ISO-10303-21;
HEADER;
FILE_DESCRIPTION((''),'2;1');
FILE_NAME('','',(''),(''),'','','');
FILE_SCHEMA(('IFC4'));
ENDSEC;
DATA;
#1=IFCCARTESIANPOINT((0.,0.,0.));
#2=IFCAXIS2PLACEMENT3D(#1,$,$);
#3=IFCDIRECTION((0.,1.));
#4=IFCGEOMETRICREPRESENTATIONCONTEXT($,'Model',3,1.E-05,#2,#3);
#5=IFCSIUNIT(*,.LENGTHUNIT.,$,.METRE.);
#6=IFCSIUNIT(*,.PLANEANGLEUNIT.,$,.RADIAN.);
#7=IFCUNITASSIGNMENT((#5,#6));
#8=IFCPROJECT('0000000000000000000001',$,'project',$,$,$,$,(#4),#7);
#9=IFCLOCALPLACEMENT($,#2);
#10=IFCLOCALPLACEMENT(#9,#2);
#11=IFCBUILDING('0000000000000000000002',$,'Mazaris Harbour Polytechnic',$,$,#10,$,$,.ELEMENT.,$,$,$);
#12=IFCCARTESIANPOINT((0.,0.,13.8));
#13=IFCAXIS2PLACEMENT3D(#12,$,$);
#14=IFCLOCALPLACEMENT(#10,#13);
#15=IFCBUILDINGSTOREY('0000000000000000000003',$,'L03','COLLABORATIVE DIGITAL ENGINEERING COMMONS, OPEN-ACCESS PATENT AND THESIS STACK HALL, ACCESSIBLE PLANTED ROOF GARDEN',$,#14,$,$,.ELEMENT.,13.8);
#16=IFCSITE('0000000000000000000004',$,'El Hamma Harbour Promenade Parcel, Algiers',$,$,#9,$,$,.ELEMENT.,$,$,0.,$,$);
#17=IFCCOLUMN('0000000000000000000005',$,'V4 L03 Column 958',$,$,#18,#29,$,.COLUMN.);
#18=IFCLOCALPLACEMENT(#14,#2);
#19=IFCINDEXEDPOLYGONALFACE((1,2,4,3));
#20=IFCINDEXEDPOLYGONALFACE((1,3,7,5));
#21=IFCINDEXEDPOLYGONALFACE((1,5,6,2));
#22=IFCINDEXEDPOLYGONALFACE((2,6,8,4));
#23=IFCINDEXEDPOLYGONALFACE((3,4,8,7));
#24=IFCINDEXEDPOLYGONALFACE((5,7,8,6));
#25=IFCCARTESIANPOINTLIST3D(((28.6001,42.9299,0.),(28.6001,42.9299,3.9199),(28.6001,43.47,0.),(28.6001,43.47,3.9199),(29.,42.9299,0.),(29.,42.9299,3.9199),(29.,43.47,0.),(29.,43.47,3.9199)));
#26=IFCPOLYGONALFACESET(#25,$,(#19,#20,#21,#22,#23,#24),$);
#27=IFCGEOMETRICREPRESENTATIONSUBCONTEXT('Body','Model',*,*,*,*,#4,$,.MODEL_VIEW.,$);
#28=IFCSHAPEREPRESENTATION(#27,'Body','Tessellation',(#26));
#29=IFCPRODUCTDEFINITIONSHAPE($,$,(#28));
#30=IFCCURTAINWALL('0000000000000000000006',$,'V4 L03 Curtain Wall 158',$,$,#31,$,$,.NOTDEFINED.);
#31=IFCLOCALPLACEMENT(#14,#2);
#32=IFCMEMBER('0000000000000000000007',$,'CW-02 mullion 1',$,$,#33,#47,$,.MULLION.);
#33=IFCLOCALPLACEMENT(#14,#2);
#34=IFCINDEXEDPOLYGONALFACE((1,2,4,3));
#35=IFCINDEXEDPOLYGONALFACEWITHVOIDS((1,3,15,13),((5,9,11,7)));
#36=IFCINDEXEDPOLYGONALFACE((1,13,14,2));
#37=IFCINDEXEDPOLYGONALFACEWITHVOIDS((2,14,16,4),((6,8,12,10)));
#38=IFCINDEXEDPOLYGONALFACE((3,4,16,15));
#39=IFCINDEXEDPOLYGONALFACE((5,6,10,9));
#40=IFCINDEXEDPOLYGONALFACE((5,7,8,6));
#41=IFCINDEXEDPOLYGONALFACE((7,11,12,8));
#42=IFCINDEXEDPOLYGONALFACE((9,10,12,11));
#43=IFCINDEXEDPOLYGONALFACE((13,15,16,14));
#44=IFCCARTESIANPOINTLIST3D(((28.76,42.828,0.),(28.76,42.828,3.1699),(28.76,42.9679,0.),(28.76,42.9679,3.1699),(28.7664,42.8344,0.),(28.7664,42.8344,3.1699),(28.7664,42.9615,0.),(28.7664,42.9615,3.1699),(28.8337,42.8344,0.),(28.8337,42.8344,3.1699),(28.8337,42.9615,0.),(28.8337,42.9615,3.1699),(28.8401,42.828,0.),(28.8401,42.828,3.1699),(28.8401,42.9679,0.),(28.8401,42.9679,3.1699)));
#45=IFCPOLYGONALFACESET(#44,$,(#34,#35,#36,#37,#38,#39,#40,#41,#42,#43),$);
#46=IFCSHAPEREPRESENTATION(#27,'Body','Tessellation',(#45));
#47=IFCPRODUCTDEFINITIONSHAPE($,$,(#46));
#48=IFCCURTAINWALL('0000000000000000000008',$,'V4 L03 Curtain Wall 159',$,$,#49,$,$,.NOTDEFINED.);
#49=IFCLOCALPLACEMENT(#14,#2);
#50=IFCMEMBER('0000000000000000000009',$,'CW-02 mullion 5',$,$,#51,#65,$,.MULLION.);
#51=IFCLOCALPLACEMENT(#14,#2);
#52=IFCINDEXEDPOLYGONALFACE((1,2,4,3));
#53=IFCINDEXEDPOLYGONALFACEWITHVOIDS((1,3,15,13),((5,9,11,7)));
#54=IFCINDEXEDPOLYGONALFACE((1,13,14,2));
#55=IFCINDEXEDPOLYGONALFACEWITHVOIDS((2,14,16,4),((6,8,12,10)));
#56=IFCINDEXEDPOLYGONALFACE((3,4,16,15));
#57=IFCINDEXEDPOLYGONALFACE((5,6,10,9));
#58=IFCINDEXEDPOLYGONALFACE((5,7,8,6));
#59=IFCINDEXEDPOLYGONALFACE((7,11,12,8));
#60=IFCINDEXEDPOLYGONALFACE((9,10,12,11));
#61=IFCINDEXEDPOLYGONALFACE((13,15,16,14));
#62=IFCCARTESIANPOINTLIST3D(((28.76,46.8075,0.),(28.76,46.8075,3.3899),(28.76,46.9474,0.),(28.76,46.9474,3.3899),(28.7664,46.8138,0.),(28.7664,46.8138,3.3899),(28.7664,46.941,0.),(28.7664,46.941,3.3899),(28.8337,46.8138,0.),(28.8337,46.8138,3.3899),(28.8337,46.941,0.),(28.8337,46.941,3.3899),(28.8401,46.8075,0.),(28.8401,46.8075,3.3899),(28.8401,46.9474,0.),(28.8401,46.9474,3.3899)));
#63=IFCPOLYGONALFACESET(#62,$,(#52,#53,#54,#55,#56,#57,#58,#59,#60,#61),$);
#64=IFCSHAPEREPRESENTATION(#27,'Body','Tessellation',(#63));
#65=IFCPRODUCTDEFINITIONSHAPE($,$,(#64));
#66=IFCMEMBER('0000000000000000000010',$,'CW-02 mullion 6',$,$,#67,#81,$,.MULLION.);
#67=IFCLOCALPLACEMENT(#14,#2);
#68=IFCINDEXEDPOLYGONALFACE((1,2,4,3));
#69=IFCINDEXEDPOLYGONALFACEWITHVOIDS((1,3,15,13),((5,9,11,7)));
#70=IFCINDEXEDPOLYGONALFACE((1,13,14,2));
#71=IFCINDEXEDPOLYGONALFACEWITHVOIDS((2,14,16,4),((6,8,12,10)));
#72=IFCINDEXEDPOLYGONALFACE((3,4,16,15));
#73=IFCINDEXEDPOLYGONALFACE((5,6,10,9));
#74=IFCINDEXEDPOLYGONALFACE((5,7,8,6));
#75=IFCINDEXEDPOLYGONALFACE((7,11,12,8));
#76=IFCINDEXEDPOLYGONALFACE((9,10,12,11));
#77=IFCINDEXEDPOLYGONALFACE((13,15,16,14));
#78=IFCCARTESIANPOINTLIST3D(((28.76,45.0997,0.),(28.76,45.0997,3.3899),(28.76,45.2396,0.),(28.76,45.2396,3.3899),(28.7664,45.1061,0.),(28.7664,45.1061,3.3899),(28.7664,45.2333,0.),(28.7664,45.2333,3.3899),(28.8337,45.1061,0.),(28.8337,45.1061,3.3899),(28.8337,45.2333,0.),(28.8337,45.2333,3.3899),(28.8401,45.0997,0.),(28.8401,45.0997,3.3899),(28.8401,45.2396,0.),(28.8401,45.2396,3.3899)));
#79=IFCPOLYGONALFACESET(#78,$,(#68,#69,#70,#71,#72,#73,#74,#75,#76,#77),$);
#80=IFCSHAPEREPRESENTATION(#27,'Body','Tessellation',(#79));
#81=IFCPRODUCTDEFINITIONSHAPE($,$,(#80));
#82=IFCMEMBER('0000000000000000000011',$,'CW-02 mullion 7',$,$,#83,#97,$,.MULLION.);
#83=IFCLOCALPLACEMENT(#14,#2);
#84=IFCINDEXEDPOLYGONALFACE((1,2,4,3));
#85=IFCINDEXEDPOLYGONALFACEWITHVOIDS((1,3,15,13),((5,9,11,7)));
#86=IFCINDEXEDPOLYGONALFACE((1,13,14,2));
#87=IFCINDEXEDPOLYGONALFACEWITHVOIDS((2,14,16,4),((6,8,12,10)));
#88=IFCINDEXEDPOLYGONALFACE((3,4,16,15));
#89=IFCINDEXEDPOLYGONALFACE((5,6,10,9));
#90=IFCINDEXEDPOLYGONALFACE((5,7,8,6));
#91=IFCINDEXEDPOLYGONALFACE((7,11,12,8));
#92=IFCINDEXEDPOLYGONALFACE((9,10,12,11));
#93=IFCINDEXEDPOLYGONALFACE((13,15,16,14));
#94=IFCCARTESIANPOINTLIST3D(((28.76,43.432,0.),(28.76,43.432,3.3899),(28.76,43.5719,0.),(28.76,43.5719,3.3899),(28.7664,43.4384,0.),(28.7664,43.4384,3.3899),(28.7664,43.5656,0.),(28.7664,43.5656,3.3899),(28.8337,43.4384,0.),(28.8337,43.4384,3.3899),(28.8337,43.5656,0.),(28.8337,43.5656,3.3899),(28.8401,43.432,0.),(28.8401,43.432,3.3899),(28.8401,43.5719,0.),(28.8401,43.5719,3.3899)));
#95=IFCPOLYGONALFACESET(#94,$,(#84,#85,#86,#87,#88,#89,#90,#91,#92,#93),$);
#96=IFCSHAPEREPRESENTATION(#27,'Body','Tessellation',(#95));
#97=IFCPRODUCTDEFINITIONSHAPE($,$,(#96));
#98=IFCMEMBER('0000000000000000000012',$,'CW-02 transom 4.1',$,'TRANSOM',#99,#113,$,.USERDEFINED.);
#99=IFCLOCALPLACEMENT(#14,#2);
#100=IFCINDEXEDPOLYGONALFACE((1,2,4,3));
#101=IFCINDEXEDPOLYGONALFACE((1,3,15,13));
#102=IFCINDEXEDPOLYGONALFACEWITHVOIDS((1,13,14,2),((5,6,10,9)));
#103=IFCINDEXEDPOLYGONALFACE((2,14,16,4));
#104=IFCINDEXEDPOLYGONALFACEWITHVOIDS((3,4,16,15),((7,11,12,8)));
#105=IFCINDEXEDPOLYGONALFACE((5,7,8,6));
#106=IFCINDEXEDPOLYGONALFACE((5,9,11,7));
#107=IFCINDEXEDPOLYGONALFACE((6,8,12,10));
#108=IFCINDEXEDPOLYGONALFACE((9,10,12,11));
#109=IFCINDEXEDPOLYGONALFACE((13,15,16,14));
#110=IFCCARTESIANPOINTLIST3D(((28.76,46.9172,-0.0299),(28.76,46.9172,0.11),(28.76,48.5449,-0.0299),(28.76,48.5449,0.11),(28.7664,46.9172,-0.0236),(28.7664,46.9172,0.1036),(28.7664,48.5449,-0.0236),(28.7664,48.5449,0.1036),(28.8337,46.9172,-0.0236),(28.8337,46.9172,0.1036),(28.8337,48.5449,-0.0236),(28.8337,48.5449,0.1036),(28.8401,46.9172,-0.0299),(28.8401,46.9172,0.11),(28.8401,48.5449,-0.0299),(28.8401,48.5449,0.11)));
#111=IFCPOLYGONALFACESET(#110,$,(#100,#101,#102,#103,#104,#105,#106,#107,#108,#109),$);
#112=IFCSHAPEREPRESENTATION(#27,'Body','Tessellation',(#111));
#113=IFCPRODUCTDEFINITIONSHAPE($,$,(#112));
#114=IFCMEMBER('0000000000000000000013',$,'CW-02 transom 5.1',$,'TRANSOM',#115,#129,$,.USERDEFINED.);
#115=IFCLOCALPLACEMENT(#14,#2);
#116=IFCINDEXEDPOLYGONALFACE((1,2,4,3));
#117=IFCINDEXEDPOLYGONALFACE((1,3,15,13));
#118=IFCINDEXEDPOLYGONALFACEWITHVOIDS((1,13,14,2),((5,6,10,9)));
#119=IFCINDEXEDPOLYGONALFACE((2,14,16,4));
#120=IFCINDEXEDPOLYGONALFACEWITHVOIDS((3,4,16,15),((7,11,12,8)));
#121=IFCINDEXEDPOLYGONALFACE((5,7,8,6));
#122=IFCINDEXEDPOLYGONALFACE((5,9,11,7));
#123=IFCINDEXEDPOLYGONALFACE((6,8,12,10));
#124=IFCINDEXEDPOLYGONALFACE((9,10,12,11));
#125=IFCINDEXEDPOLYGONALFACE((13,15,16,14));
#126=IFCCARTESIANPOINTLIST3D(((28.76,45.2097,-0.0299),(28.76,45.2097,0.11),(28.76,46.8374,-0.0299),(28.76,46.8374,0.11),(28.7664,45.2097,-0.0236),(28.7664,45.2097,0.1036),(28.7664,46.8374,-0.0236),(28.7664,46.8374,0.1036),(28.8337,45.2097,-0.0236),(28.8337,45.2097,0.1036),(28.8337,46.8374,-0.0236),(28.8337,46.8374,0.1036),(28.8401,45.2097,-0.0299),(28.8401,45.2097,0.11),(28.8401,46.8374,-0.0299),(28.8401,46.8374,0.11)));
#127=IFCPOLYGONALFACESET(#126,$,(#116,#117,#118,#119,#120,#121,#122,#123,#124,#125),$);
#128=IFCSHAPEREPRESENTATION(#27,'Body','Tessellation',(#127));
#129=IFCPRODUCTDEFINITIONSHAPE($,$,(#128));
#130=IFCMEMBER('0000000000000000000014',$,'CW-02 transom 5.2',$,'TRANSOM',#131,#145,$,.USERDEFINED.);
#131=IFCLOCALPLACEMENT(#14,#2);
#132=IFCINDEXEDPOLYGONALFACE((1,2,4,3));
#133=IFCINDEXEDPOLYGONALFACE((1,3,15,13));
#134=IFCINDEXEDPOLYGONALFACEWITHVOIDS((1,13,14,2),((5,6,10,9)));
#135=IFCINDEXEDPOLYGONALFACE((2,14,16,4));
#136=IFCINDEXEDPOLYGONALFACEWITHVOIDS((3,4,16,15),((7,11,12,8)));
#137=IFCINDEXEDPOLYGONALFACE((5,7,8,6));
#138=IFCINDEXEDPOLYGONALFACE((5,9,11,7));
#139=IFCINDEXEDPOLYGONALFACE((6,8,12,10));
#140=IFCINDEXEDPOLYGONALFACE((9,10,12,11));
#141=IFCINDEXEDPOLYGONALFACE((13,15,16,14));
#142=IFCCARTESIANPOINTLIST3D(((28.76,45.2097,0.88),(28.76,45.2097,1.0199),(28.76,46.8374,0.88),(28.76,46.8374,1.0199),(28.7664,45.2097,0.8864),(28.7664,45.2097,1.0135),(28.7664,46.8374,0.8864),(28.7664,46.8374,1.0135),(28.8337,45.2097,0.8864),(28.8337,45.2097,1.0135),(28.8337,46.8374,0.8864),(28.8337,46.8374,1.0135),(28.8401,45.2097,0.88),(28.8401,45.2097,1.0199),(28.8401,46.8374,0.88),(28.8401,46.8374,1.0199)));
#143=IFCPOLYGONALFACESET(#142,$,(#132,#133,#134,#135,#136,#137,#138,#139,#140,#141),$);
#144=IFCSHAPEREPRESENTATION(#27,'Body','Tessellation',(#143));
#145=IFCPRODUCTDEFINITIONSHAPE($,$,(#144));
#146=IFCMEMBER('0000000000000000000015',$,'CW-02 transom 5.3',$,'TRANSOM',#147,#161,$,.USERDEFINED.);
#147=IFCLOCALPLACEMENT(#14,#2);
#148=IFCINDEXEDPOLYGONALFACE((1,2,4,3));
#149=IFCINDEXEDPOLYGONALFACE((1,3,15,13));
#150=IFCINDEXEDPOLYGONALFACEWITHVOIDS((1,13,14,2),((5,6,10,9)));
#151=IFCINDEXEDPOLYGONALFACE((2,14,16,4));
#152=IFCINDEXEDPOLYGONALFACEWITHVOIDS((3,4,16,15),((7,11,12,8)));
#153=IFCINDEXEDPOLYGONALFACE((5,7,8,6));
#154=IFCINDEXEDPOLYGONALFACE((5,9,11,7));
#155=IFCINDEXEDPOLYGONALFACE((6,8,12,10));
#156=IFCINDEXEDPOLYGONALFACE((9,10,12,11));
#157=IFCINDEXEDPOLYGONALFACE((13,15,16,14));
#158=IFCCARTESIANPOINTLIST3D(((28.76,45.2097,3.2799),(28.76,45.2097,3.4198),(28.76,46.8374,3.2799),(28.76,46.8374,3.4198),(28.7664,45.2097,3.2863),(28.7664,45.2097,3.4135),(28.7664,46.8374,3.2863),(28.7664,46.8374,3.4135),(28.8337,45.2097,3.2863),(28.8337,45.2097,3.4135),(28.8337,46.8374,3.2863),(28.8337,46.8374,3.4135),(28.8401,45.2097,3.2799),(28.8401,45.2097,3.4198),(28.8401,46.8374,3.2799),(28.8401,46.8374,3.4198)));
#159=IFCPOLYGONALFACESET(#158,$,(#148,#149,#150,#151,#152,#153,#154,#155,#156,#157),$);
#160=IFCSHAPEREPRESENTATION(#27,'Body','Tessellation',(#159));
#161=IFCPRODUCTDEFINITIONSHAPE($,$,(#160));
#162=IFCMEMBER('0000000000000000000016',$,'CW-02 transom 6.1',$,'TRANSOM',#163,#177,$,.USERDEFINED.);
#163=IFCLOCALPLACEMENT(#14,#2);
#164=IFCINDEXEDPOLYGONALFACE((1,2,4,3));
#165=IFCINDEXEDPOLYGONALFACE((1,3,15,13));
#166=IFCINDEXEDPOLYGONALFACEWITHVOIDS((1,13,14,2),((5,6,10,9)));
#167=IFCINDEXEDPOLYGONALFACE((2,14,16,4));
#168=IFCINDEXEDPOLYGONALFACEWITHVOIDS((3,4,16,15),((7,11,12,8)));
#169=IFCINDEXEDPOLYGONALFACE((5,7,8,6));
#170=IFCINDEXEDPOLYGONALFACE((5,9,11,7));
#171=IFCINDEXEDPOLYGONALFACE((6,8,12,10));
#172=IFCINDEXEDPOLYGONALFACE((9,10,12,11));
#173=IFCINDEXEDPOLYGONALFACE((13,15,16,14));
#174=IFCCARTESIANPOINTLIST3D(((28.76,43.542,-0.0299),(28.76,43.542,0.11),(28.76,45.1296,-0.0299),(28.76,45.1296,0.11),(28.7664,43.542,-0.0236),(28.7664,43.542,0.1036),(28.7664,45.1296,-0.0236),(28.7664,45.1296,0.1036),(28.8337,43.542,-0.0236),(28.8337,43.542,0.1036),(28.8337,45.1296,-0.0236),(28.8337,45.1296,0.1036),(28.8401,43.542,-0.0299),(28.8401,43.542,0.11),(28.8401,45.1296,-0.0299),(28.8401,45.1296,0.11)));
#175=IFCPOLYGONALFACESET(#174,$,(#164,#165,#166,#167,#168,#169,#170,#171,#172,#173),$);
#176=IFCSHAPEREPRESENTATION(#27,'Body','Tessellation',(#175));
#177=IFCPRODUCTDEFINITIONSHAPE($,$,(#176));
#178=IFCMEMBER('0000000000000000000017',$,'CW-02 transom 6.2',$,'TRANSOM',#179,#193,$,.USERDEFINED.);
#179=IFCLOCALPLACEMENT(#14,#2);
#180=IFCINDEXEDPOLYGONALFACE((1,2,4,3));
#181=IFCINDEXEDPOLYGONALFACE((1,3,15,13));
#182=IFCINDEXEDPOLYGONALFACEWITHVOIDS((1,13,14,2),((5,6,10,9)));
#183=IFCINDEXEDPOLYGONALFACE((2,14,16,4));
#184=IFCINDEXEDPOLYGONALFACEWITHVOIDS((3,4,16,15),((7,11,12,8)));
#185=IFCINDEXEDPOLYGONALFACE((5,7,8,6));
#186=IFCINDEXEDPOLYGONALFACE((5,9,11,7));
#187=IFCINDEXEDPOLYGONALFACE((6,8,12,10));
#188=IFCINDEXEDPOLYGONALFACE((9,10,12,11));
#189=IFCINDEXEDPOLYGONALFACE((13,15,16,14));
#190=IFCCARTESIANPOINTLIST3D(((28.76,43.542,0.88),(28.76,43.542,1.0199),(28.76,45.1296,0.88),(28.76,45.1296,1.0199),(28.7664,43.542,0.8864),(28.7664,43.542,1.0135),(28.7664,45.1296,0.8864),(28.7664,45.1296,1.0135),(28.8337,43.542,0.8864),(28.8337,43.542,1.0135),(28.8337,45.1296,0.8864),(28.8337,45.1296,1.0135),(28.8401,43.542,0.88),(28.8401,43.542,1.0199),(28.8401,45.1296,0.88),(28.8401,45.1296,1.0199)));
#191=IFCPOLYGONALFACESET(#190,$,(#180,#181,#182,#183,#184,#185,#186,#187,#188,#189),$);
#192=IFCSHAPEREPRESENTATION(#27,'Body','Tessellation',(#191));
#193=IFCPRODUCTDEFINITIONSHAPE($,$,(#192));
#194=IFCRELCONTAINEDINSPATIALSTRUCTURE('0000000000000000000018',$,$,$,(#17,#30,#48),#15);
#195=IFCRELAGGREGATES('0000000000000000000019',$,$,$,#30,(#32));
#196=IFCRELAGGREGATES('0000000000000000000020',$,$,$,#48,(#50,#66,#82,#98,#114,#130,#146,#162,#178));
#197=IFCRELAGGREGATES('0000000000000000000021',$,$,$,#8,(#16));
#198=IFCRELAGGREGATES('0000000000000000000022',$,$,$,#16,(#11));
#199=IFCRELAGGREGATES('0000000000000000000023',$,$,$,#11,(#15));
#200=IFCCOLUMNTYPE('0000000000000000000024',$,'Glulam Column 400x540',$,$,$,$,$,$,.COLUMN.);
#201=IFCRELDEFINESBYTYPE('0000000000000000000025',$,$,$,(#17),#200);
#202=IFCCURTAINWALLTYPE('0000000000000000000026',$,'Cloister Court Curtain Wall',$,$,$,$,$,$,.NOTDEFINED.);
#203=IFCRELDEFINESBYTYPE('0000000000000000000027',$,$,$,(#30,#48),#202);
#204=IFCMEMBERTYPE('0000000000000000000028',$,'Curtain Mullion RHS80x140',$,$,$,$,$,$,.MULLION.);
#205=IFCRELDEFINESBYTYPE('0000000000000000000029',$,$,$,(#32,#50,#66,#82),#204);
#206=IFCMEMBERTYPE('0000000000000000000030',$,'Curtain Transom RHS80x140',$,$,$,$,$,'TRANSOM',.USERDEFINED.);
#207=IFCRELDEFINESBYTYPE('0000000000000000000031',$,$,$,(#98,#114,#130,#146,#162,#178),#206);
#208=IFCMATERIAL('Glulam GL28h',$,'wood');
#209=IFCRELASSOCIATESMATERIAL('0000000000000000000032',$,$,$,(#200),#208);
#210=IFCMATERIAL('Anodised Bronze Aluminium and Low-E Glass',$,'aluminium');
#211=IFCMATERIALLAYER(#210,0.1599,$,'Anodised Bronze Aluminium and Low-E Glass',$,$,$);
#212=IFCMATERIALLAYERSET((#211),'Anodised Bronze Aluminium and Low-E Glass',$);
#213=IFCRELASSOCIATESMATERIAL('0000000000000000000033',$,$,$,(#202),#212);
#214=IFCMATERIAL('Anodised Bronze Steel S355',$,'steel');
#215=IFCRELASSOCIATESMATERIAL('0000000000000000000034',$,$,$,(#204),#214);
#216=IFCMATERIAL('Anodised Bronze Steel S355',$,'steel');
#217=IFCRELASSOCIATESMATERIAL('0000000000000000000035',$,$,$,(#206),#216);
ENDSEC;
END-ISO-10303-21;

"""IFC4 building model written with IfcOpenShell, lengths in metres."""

from ifc_helpers import new_model, si_unit, direction, frame, origin, origin_2d, place, context, subcontext, project, spatial, rectangle, hollow_rectangle, extrude, material, layer, layer_set, material_profile, profile_set, type_object, element, aggregate, save


model = new_model("IFC4")

# Units and contexts
model_context = context("Model", 3, precision=1e-05, world=origin(), true_north=direction((0.0, 1.0)))
body_context = subcontext(model_context, "Body", "Model", "MODEL_VIEW")
ifc_project = project(units=[si_unit("LENGTHUNIT", "METRE"), si_unit("PLANEANGLEUNIT", "RADIAN")], contexts=[model_context])

# Site, building, storey
site_placement = place(None, origin())
site = spatial("IfcSite", under=ifc_project, at=site_placement, Name="El Hamma Harbour Promenade Parcel, Algiers", CompositionType="ELEMENT", RefElevation=0.0)
building_placement = place(site_placement, origin())
building = spatial("IfcBuilding", under=site, at=building_placement, Name="Mazaris Harbour Polytechnic", CompositionType="ELEMENT")
storey_placement = place(building_placement, frame((0.0, 0.0, 13.8)))
storey = spatial("IfcBuildingStorey", under=building, at=storey_placement, Name="L03", Description="COLLABORATIVE DIGITAL ENGINEERING COMMONS, OPEN-ACCESS PATENT AND THESIS STACK HALL, ACCESSIBLE PLANTED ROOF GARDEN", CompositionType="ELEMENT", Elevation=13.8)

# Column
ifc_material_1 = material(Name="Glulam GL28h", Category="wood")
ifc_material_profile_1 = material_profile(ifc_material_1, rectangle(XDim=0.3999, YDim=0.54, at=origin_2d()), Name="RECT400x540")
ifc_profile_set_1 = profile_set([ifc_material_profile_1], Name="Glulam GL28h")
column_type = type_object("IfcColumnType", Name="Glulam Column 400x540", PredefinedType="COLUMN", material=ifc_profile_set_1)
column_placement = place(storey_placement, frame((28.8, 43.2, 0.0), z_axis=(0.0, 0.0, 1.0), x_axis=(1.0, 0.0, 0.0)))
element("IfcColumn", 1, at=column_placement, inside=storey, type_object=column_type, Name="V4 L03 Column 958", PredefinedType="COLUMN", context=body_context, shape_type="SweptSolid", body=[
    extrude(rectangle(XDim=0.3999, YDim=0.54, at=origin_2d()), origin(), (0.0, 0.0, 1.0), 3.9199),
])

# Curtain wall, member
ifc_material_2 = material(Name="Anodised Bronze Aluminium and Low-E Glass", Category="aluminium")
ifc_layer_1 = layer(ifc_material_2, 0.1599, Name="Anodised Bronze Aluminium and Low-E Glass")
ifc_layer_set_1 = layer_set([ifc_layer_1], Name="Anodised Bronze Aluminium and Low-E Glass")
curtain_wall_type = type_object("IfcCurtainWallType", Name="Cloister Court Curtain Wall", PredefinedType="NOTDEFINED", material=ifc_layer_set_1)
curtain_wall_1_placement = place(storey_placement, origin())
curtain_wall_1 = element("IfcCurtainWall", 2, at=curtain_wall_1_placement, inside=storey, type_object=curtain_wall_type, Name="V4 L03 Curtain Wall 158", PredefinedType="NOTDEFINED")
ifc_material_3 = material(Name="Anodised Bronze Steel S355", Category="steel")
ifc_material_profile_2 = material_profile(ifc_material_3, hollow_rectangle(XDim=0.0801, YDim=0.1399, WallThickness=0.0063, at=origin_2d()), Name="RHS 80x140x6.3")
ifc_profile_set_2 = profile_set([ifc_material_profile_2], Name="Anodised Bronze Steel S355")
member_type_1 = type_object("IfcMemberType", Name="Curtain Mullion RHS80x140", PredefinedType="MULLION", material=ifc_profile_set_2)
member_1_placement = place(storey_placement, frame((28.8, 42.8979, 0.0), z_axis=(0.0, 0.0, 1.0), x_axis=(1.0, 0.0, 0.0)))
member_1 = element("IfcMember", 3, at=member_1_placement, type_object=member_type_1, Name="CW-02 mullion 1", PredefinedType="MULLION", context=body_context, shape_type="SweptSolid", body=[
    extrude(hollow_rectangle(XDim=0.0801, YDim=0.1399, WallThickness=0.0063, at=origin_2d()), origin(), (0.0, 0.0, 1.0), 3.1699),
])
aggregate(curtain_wall_1, [member_1])

# Curtain wall, members
curtain_wall_2_placement = place(storey_placement, origin())
curtain_wall_2 = element("IfcCurtainWall", 4, at=curtain_wall_2_placement, inside=storey, type_object=curtain_wall_type, Name="V4 L03 Curtain Wall 159", PredefinedType="NOTDEFINED")
member_2_placement = place(storey_placement, frame((28.8, 46.8774, 0.0), z_axis=(0.0, 0.0, 1.0), x_axis=(1.0, 0.0, 0.0)))
member_2 = element("IfcMember", 5, at=member_2_placement, type_object=member_type_1, Name="CW-02 mullion 5", PredefinedType="MULLION", context=body_context, shape_type="SweptSolid", body=[
    extrude(hollow_rectangle(XDim=0.0801, YDim=0.1399, WallThickness=0.0063, at=origin_2d()), origin(), (0.0, 0.0, 1.0), 3.3899),
])
member_3_placement = place(storey_placement, frame((28.8, 45.1697, 0.0), z_axis=(0.0, 0.0, 1.0), x_axis=(1.0, 0.0, 0.0)))
member_3 = element("IfcMember", 6, at=member_3_placement, type_object=member_type_1, Name="CW-02 mullion 6", PredefinedType="MULLION", context=body_context, shape_type="SweptSolid", body=[
    extrude(hollow_rectangle(XDim=0.0801, YDim=0.1399, WallThickness=0.0063, at=origin_2d()), origin(), (0.0, 0.0, 1.0), 3.3899),
])
member_4_placement = place(storey_placement, frame((28.8, 43.502, 0.0), z_axis=(0.0, 0.0, 1.0), x_axis=(1.0, 0.0, 0.0)))
member_4 = element("IfcMember", 7, at=member_4_placement, type_object=member_type_1, Name="CW-02 mullion 7", PredefinedType="MULLION", context=body_context, shape_type="SweptSolid", body=[
    extrude(hollow_rectangle(XDim=0.0801, YDim=0.1399, WallThickness=0.0063, at=origin_2d()), origin(), (0.0, 0.0, 1.0), 3.3899),
])
ifc_material_4 = material(Name="Anodised Bronze Steel S355", Category="steel")
ifc_material_profile_3 = material_profile(ifc_material_4, hollow_rectangle(XDim=0.0801, YDim=0.1399, WallThickness=0.0063, at=origin_2d()), Name="RHS 80x140x6.3")
ifc_profile_set_3 = profile_set([ifc_material_profile_3], Name="Anodised Bronze Steel S355")
member_type_2 = type_object("IfcMemberType", Name="Curtain Transom RHS80x140", ElementType="TRANSOM", PredefinedType="USERDEFINED", material=ifc_profile_set_3)
member_5_placement = place(storey_placement, frame((28.8, 48.5449, 0.04), z_axis=(0.0, -1.0, 0.0), x_axis=(1.0, 0.0, 0.0)))
member_5 = element("IfcMember", 8, at=member_5_placement, type_object=member_type_2, Name="CW-02 transom 4.1", ObjectType="TRANSOM", PredefinedType="USERDEFINED", context=body_context, shape_type="SweptSolid", body=[
    extrude(hollow_rectangle(XDim=0.0801, YDim=0.1399, WallThickness=0.0063, at=origin_2d()), origin(), (0.0, 0.0, 1.0), 1.6277),
])
member_6_placement = place(storey_placement, frame((28.8, 46.8374, 0.04), z_axis=(0.0, -1.0, 0.0), x_axis=(1.0, 0.0, 0.0)))
member_6 = element("IfcMember", 9, at=member_6_placement, type_object=member_type_2, Name="CW-02 transom 5.1", ObjectType="TRANSOM", PredefinedType="USERDEFINED", context=body_context, shape_type="SweptSolid", body=[
    extrude(hollow_rectangle(XDim=0.0801, YDim=0.1399, WallThickness=0.0063, at=origin_2d()), origin(), (0.0, 0.0, 1.0), 1.6277),
])
member_7_placement = place(storey_placement, frame((28.8, 46.8374, 0.95), z_axis=(0.0, -1.0, 0.0), x_axis=(1.0, 0.0, 0.0)))
member_7 = element("IfcMember", 10, at=member_7_placement, type_object=member_type_2, Name="CW-02 transom 5.2", ObjectType="TRANSOM", PredefinedType="USERDEFINED", context=body_context, shape_type="SweptSolid", body=[
    extrude(hollow_rectangle(XDim=0.0801, YDim=0.1399, WallThickness=0.0063, at=origin_2d()), origin(), (0.0, 0.0, 1.0), 1.6277),
])
member_8_placement = place(storey_placement, frame((28.8, 46.8374, 3.3499), z_axis=(0.0, -1.0, 0.0), x_axis=(1.0, 0.0, 0.0)))
member_8 = element("IfcMember", 11, at=member_8_placement, type_object=member_type_2, Name="CW-02 transom 5.3", ObjectType="TRANSOM", PredefinedType="USERDEFINED", context=body_context, shape_type="SweptSolid", body=[
    extrude(hollow_rectangle(XDim=0.0801, YDim=0.1399, WallThickness=0.0063, at=origin_2d()), origin(), (0.0, 0.0, 1.0), 1.6277),
])
member_9_placement = place(storey_placement, frame((28.8, 45.1296, 0.04), z_axis=(0.0, -1.0, 0.0), x_axis=(1.0, 0.0, 0.0)))
member_9 = element("IfcMember", 12, at=member_9_placement, type_object=member_type_2, Name="CW-02 transom 6.1", ObjectType="TRANSOM", PredefinedType="USERDEFINED", context=body_context, shape_type="SweptSolid", body=[
    extrude(hollow_rectangle(XDim=0.0801, YDim=0.1399, WallThickness=0.0063, at=origin_2d()), origin(), (0.0, 0.0, 1.0), 1.5876),
])
member_10_placement = place(storey_placement, frame((28.8, 45.1296, 0.95), z_axis=(0.0, -1.0, 0.0), x_axis=(1.0, 0.0, 0.0)))
member_10 = element("IfcMember", 13, at=member_10_placement, type_object=member_type_2, Name="CW-02 transom 6.2", ObjectType="TRANSOM", PredefinedType="USERDEFINED", context=body_context, shape_type="SweptSolid", body=[
    extrude(hollow_rectangle(XDim=0.0801, YDim=0.1399, WallThickness=0.0063, at=origin_2d()), origin(), (0.0, 0.0, 1.0), 1.5876),
])

aggregate(curtain_wall_2, [member_2, member_3, member_4, member_5, member_6, member_7, member_8, member_9, member_10])

save(model, "model.ifc")
